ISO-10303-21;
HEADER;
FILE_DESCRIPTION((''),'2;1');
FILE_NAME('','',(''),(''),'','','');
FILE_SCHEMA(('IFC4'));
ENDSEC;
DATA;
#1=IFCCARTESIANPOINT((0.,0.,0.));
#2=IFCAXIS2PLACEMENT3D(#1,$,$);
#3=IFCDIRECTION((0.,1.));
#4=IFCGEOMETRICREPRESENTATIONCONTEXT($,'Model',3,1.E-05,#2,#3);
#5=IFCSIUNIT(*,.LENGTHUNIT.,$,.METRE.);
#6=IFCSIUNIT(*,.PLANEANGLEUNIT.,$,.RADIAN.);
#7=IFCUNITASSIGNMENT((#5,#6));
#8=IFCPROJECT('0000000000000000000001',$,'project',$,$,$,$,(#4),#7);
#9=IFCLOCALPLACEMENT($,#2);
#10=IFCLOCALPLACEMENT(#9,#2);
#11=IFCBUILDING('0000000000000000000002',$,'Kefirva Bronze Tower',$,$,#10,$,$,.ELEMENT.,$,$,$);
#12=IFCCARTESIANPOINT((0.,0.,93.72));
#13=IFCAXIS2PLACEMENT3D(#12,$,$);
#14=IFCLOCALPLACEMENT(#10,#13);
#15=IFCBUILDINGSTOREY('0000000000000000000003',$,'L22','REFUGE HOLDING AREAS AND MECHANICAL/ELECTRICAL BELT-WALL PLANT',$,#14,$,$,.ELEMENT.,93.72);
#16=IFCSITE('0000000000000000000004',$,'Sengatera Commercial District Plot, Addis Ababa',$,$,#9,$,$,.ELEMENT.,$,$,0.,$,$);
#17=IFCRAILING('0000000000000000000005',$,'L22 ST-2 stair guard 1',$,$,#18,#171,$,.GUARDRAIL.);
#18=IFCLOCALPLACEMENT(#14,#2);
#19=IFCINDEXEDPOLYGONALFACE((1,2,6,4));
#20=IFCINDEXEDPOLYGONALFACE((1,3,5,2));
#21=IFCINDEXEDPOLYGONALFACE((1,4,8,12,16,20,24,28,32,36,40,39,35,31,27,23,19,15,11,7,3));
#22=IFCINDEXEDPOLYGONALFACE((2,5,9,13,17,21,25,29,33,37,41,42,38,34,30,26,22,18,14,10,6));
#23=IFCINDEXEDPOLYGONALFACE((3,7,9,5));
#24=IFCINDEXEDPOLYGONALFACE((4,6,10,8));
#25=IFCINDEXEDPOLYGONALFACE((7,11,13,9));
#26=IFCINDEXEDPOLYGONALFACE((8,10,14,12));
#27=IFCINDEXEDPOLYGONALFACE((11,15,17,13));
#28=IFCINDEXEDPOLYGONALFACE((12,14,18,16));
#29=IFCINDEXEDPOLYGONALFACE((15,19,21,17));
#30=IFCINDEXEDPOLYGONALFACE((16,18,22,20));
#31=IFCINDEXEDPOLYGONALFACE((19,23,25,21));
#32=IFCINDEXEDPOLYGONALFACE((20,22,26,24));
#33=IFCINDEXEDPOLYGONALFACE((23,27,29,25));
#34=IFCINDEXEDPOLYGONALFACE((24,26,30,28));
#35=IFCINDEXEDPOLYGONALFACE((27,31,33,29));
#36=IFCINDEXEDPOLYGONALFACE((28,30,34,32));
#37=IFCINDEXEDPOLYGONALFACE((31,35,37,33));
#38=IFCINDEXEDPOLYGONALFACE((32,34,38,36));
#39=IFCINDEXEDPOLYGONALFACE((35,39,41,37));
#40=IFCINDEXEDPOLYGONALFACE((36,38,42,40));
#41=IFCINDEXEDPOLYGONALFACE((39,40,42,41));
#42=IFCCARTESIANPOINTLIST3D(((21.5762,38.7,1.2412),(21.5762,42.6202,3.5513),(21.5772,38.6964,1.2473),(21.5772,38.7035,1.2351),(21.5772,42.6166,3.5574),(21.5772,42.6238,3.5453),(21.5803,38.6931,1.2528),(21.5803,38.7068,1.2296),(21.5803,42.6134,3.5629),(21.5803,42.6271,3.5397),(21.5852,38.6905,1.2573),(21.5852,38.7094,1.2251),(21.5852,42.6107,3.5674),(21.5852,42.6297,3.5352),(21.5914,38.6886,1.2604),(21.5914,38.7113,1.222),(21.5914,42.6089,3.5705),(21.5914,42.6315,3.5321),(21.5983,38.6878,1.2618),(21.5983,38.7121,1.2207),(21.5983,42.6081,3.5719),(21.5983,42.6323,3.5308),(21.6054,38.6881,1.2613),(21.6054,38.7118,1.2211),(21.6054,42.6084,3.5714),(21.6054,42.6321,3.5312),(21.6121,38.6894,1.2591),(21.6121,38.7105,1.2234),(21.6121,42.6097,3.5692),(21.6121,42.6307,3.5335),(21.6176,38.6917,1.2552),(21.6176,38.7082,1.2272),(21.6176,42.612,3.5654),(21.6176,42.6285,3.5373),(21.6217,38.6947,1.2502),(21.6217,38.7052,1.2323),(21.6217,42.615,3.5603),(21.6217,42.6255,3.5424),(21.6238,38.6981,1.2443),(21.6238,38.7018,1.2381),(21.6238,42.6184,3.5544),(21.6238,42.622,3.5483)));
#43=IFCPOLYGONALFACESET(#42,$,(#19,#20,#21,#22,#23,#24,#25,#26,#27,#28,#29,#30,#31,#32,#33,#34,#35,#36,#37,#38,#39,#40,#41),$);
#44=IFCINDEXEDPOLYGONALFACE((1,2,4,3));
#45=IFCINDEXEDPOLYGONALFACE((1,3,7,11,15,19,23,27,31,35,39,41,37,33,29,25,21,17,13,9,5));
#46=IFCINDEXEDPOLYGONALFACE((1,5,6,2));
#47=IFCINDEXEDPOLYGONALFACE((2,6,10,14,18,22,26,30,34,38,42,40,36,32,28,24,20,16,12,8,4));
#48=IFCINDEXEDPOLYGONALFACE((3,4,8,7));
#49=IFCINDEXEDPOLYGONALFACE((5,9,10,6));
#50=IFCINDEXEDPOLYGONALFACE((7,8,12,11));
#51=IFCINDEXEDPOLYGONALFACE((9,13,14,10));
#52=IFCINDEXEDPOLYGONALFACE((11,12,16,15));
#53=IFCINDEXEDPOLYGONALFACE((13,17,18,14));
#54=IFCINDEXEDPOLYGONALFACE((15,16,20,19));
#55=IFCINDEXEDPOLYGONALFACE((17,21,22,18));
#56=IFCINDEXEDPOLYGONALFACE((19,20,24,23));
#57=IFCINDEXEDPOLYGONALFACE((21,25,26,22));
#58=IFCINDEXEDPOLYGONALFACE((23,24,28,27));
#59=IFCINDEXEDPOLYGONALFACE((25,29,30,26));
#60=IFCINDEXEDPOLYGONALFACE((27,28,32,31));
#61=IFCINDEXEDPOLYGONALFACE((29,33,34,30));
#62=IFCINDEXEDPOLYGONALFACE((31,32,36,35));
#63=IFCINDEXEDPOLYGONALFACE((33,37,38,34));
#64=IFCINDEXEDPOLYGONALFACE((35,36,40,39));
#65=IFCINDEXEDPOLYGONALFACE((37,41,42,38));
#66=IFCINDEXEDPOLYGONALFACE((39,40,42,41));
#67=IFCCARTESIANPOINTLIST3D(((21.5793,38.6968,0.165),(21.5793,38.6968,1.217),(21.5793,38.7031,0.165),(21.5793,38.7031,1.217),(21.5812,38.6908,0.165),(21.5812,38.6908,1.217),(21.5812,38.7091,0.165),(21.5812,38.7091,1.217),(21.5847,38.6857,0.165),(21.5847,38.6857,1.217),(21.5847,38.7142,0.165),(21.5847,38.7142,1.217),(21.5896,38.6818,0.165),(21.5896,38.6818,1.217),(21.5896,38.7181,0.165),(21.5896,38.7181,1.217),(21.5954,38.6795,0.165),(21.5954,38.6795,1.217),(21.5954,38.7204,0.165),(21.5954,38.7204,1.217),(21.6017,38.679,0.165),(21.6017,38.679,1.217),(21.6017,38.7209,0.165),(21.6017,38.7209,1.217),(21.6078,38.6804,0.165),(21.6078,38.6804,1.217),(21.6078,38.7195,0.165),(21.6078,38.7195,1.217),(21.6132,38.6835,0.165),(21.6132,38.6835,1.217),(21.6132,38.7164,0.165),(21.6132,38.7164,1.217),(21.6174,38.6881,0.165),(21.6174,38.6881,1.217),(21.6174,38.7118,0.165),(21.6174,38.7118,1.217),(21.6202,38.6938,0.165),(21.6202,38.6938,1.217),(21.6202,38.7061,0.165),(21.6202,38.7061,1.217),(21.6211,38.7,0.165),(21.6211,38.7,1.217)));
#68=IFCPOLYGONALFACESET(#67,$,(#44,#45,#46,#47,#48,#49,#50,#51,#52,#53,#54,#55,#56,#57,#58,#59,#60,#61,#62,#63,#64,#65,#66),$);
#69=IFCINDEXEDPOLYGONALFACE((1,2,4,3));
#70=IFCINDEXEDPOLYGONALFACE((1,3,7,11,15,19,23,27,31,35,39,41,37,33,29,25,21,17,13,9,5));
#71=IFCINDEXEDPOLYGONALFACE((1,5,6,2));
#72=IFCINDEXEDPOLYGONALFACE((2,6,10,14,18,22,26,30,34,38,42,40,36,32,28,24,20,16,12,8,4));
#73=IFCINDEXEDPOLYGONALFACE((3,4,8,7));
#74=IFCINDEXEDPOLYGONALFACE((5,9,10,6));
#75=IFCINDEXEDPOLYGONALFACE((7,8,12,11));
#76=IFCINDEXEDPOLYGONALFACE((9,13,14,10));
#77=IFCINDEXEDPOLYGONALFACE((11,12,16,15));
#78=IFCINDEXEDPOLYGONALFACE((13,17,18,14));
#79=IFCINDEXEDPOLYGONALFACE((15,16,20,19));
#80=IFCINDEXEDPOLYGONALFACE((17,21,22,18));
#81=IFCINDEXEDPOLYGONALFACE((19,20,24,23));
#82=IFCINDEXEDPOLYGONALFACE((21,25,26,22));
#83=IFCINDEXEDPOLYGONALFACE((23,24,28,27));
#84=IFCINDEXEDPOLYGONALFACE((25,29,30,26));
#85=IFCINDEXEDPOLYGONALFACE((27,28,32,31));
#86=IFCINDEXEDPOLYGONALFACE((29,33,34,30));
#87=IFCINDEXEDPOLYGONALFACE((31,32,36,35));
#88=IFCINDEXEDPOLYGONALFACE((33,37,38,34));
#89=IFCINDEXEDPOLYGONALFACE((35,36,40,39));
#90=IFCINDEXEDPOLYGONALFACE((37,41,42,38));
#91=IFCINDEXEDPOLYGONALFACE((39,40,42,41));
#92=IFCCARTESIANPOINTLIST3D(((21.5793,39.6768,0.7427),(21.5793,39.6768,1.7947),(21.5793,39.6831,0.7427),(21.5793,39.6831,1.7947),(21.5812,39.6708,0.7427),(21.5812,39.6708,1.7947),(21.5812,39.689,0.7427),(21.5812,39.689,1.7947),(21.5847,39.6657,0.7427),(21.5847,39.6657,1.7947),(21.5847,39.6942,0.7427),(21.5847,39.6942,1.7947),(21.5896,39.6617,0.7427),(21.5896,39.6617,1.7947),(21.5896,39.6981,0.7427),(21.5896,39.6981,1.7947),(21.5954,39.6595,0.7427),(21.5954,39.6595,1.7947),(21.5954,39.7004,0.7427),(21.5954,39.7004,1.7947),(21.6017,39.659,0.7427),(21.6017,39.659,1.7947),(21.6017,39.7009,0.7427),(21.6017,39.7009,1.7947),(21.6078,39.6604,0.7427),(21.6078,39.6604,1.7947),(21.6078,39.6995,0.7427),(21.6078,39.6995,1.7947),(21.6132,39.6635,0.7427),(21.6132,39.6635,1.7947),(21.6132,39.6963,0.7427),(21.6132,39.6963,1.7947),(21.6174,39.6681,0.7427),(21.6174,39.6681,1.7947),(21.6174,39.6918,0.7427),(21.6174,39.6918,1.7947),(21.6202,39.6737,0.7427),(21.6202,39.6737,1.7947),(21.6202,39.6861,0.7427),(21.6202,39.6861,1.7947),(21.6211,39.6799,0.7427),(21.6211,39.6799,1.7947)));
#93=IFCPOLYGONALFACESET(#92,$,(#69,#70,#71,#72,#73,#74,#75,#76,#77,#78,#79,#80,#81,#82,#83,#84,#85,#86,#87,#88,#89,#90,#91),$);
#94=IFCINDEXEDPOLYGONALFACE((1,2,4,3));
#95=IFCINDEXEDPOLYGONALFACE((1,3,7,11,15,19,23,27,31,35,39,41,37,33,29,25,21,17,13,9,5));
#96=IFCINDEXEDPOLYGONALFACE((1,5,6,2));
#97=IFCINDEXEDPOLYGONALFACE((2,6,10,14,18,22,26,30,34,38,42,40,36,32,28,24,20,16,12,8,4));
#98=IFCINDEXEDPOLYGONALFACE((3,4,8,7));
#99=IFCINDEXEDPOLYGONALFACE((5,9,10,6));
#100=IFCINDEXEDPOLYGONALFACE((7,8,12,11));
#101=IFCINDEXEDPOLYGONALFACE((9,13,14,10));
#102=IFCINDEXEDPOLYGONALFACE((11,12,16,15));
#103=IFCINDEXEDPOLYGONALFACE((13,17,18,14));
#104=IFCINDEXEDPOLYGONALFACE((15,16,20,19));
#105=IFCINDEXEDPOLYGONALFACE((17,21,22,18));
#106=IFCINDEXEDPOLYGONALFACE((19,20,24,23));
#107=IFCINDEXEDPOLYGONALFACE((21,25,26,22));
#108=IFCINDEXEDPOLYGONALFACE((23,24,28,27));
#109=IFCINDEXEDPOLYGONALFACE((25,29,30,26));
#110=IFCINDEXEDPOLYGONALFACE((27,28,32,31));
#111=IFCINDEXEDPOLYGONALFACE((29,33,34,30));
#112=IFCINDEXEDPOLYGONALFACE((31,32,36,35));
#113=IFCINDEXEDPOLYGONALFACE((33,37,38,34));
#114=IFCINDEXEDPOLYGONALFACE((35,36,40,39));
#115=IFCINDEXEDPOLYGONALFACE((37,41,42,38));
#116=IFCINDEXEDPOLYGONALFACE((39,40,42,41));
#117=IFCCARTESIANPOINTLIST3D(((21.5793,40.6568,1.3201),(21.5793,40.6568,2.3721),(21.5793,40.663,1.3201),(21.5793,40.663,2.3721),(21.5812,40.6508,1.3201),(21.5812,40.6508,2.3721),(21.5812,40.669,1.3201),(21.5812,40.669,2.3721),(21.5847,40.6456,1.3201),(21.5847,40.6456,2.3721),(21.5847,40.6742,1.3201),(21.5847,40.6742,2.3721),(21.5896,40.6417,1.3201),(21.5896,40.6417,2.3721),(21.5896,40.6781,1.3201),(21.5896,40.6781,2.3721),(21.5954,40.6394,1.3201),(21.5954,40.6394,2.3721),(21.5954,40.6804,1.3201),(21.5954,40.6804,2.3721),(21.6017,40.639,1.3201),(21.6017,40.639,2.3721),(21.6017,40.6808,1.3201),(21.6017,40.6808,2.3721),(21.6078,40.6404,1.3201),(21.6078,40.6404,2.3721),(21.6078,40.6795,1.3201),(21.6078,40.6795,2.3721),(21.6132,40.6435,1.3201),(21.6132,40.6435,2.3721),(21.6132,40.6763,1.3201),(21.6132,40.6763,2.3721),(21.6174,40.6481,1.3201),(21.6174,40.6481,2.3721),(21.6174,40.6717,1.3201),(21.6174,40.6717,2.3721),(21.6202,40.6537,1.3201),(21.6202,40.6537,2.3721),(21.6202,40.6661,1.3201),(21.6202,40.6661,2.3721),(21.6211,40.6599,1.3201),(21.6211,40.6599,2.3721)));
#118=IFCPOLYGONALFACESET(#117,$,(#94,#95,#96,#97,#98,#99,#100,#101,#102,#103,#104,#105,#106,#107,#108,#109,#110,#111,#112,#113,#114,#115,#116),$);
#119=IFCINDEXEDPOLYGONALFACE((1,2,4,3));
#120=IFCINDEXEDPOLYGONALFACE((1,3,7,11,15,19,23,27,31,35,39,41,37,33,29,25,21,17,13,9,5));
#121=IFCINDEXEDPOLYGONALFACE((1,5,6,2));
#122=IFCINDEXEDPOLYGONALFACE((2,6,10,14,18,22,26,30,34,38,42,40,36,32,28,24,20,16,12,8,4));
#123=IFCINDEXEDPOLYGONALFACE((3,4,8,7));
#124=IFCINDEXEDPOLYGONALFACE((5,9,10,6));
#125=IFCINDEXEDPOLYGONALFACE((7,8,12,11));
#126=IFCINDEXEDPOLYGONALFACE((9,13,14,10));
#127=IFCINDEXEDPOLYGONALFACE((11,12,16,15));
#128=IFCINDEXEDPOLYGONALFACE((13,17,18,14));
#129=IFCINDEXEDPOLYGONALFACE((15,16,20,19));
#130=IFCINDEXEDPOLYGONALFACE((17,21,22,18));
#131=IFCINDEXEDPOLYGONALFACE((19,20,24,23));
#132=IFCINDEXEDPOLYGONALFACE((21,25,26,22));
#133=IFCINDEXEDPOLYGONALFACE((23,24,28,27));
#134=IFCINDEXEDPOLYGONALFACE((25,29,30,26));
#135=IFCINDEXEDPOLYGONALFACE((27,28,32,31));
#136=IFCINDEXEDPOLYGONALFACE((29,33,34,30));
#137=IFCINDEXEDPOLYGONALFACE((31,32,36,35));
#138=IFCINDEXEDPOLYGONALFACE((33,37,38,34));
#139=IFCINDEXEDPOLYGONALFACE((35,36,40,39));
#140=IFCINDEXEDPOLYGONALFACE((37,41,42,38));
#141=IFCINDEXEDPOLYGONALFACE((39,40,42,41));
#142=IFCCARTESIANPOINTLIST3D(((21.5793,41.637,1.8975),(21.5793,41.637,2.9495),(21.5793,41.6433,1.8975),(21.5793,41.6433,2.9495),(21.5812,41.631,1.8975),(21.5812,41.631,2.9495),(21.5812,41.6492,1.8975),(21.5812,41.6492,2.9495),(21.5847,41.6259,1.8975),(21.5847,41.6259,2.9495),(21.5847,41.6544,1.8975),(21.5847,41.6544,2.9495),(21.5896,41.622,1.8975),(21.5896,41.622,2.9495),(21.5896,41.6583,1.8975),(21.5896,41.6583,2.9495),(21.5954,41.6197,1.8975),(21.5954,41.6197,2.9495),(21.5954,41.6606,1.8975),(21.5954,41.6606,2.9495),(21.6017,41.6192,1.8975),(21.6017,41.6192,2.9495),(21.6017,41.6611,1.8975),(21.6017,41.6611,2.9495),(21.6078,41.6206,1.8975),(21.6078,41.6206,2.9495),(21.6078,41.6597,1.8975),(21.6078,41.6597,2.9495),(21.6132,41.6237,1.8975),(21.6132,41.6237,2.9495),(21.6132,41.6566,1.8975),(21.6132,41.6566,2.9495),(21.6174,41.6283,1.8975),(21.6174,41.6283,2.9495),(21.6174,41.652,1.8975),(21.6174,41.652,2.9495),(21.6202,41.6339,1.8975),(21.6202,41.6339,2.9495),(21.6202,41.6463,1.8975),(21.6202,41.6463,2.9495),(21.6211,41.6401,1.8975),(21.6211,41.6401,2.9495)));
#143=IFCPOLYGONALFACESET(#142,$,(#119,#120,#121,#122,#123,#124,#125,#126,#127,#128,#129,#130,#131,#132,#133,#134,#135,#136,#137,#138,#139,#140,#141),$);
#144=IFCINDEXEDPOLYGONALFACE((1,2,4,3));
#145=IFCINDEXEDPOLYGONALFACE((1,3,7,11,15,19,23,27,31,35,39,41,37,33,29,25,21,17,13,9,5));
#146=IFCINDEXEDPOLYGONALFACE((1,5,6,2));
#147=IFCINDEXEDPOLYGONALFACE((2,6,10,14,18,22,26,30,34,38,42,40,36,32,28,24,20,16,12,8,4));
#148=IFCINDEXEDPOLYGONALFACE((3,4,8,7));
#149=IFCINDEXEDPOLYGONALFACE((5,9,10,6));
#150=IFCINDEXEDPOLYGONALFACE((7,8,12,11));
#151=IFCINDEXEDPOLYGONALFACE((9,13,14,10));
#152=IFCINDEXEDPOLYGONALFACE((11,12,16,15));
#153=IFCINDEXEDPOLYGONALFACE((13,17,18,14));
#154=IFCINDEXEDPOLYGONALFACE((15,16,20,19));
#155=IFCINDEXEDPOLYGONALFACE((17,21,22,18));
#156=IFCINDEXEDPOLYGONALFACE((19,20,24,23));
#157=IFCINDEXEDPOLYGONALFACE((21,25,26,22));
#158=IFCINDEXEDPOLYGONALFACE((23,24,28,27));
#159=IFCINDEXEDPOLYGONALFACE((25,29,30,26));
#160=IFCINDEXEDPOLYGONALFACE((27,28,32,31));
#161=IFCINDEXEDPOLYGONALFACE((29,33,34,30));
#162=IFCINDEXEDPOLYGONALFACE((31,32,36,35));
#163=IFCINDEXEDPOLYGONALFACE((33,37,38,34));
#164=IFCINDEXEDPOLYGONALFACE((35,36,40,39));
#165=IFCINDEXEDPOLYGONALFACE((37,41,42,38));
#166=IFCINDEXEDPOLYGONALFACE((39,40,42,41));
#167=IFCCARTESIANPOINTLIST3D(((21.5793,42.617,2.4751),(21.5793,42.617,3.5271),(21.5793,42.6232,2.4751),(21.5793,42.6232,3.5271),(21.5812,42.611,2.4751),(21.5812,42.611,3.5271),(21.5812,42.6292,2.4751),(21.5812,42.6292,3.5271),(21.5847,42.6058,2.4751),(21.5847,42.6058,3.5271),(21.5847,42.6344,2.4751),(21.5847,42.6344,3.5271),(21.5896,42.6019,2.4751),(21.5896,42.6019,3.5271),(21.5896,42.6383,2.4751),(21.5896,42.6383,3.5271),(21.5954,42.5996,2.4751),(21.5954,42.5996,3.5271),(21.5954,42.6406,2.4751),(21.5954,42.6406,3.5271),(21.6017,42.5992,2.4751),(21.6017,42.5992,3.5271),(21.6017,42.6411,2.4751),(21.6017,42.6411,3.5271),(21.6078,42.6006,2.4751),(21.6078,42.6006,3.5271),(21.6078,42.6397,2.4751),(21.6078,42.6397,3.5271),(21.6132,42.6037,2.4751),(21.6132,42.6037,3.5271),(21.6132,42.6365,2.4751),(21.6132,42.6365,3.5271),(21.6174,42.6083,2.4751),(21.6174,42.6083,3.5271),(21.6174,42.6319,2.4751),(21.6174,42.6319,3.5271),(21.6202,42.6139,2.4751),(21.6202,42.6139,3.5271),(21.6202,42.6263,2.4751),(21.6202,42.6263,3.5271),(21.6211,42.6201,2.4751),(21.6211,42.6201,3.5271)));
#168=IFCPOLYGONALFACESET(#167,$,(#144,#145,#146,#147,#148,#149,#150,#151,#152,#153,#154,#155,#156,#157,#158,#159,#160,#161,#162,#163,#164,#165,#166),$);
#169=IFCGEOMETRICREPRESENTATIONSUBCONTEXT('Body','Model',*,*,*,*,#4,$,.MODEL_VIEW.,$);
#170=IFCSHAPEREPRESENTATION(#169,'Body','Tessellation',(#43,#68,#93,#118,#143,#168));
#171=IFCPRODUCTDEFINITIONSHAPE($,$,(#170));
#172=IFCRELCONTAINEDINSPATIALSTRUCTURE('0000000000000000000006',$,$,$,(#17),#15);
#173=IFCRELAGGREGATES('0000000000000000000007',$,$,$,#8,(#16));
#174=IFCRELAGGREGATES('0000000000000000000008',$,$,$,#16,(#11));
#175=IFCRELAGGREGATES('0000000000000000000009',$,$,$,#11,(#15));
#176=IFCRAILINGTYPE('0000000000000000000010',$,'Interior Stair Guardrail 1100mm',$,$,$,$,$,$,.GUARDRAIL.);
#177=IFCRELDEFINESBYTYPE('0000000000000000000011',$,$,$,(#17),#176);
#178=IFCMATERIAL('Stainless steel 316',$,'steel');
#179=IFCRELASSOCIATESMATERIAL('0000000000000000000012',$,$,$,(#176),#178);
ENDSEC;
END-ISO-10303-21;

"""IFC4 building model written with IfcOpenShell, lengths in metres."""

from ifc_helpers import new_model, si_unit, direction, frame, origin, origin_2d, place, context, subcontext, project, spatial, circle, extrude, material, type_object, element, save


model = new_model("IFC4")

# Units and contexts
model_context = context("Model", 3, precision=1e-05, world=origin(), true_north=direction((0.0, 1.0)))
body_context = subcontext(model_context, "Body", "Model", "MODEL_VIEW")
ifc_project = project(units=[si_unit("LENGTHUNIT", "METRE"), si_unit("PLANEANGLEUNIT", "RADIAN")], contexts=[model_context])

# Site, building, storey
site_placement = place(None, origin())
site = spatial("IfcSite", under=ifc_project, at=site_placement, Name="Sengatera Commercial District Plot, Addis Ababa", CompositionType="ELEMENT", RefElevation=0.0)
building_placement = place(site_placement, origin())
building = spatial("IfcBuilding", under=site, at=building_placement, Name="Kefirva Bronze Tower", CompositionType="ELEMENT")
storey_placement = place(building_placement, frame((0.0, 0.0, 93.72)))
storey = spatial("IfcBuildingStorey", under=building, at=storey_placement, Name="L22", Description="REFUGE HOLDING AREAS AND MECHANICAL/ELECTRICAL BELT-WALL PLANT", CompositionType="ELEMENT", Elevation=93.72)

# Railing
ifc_material_1 = material(Name="Stainless steel 316", Category="steel")
railing_type_1 = type_object("IfcRailingType", Name="Interior Stair Guardrail 1100mm", PredefinedType="GUARDRAIL", material=ifc_material_1)
railing_1_placement = place(storey_placement, frame((21.6001, 38.7, 0.165)))
element("IfcRailing", 1, at=railing_1_placement, inside=storey, type_object=railing_type_1, Name="L22 ST-2 stair guard 1", PredefinedType="GUARDRAIL", context=body_context, shape_type="SweptSolid", body=[
    extrude(circle(Radius=0.0239, at=origin_2d()), frame((0.0, 0.0, 1.0762), z_axis=(0.0, 0.861542, 0.507686), x_axis=(-1.0, 0.0, 0.0)), (0.0, 0.0, 1.0), 4.5503),
    extrude(circle(Radius=0.021, at=origin_2d()), origin(), (0.0, 0.0, 1.0), 1.052),
    extrude(circle(Radius=0.021, at=origin_2d()), frame((0.0, 0.98, 0.5776)), (0.0, 0.0, 1.0), 1.052),
    extrude(circle(Radius=0.021, at=origin_2d()), frame((0.0, 1.96, 1.155)), (0.0, 0.0, 1.0), 1.052),
    extrude(circle(Radius=0.021, at=origin_2d()), frame((0.0, 2.9402, 1.7324)), (0.0, 0.0, 1.0), 1.052),
    extrude(circle(Radius=0.021, at=origin_2d()), frame((0.0, 3.9202, 2.3101)), (0.0, 0.0, 1.0), 1.052),
])

save(model, "model.ifc")
